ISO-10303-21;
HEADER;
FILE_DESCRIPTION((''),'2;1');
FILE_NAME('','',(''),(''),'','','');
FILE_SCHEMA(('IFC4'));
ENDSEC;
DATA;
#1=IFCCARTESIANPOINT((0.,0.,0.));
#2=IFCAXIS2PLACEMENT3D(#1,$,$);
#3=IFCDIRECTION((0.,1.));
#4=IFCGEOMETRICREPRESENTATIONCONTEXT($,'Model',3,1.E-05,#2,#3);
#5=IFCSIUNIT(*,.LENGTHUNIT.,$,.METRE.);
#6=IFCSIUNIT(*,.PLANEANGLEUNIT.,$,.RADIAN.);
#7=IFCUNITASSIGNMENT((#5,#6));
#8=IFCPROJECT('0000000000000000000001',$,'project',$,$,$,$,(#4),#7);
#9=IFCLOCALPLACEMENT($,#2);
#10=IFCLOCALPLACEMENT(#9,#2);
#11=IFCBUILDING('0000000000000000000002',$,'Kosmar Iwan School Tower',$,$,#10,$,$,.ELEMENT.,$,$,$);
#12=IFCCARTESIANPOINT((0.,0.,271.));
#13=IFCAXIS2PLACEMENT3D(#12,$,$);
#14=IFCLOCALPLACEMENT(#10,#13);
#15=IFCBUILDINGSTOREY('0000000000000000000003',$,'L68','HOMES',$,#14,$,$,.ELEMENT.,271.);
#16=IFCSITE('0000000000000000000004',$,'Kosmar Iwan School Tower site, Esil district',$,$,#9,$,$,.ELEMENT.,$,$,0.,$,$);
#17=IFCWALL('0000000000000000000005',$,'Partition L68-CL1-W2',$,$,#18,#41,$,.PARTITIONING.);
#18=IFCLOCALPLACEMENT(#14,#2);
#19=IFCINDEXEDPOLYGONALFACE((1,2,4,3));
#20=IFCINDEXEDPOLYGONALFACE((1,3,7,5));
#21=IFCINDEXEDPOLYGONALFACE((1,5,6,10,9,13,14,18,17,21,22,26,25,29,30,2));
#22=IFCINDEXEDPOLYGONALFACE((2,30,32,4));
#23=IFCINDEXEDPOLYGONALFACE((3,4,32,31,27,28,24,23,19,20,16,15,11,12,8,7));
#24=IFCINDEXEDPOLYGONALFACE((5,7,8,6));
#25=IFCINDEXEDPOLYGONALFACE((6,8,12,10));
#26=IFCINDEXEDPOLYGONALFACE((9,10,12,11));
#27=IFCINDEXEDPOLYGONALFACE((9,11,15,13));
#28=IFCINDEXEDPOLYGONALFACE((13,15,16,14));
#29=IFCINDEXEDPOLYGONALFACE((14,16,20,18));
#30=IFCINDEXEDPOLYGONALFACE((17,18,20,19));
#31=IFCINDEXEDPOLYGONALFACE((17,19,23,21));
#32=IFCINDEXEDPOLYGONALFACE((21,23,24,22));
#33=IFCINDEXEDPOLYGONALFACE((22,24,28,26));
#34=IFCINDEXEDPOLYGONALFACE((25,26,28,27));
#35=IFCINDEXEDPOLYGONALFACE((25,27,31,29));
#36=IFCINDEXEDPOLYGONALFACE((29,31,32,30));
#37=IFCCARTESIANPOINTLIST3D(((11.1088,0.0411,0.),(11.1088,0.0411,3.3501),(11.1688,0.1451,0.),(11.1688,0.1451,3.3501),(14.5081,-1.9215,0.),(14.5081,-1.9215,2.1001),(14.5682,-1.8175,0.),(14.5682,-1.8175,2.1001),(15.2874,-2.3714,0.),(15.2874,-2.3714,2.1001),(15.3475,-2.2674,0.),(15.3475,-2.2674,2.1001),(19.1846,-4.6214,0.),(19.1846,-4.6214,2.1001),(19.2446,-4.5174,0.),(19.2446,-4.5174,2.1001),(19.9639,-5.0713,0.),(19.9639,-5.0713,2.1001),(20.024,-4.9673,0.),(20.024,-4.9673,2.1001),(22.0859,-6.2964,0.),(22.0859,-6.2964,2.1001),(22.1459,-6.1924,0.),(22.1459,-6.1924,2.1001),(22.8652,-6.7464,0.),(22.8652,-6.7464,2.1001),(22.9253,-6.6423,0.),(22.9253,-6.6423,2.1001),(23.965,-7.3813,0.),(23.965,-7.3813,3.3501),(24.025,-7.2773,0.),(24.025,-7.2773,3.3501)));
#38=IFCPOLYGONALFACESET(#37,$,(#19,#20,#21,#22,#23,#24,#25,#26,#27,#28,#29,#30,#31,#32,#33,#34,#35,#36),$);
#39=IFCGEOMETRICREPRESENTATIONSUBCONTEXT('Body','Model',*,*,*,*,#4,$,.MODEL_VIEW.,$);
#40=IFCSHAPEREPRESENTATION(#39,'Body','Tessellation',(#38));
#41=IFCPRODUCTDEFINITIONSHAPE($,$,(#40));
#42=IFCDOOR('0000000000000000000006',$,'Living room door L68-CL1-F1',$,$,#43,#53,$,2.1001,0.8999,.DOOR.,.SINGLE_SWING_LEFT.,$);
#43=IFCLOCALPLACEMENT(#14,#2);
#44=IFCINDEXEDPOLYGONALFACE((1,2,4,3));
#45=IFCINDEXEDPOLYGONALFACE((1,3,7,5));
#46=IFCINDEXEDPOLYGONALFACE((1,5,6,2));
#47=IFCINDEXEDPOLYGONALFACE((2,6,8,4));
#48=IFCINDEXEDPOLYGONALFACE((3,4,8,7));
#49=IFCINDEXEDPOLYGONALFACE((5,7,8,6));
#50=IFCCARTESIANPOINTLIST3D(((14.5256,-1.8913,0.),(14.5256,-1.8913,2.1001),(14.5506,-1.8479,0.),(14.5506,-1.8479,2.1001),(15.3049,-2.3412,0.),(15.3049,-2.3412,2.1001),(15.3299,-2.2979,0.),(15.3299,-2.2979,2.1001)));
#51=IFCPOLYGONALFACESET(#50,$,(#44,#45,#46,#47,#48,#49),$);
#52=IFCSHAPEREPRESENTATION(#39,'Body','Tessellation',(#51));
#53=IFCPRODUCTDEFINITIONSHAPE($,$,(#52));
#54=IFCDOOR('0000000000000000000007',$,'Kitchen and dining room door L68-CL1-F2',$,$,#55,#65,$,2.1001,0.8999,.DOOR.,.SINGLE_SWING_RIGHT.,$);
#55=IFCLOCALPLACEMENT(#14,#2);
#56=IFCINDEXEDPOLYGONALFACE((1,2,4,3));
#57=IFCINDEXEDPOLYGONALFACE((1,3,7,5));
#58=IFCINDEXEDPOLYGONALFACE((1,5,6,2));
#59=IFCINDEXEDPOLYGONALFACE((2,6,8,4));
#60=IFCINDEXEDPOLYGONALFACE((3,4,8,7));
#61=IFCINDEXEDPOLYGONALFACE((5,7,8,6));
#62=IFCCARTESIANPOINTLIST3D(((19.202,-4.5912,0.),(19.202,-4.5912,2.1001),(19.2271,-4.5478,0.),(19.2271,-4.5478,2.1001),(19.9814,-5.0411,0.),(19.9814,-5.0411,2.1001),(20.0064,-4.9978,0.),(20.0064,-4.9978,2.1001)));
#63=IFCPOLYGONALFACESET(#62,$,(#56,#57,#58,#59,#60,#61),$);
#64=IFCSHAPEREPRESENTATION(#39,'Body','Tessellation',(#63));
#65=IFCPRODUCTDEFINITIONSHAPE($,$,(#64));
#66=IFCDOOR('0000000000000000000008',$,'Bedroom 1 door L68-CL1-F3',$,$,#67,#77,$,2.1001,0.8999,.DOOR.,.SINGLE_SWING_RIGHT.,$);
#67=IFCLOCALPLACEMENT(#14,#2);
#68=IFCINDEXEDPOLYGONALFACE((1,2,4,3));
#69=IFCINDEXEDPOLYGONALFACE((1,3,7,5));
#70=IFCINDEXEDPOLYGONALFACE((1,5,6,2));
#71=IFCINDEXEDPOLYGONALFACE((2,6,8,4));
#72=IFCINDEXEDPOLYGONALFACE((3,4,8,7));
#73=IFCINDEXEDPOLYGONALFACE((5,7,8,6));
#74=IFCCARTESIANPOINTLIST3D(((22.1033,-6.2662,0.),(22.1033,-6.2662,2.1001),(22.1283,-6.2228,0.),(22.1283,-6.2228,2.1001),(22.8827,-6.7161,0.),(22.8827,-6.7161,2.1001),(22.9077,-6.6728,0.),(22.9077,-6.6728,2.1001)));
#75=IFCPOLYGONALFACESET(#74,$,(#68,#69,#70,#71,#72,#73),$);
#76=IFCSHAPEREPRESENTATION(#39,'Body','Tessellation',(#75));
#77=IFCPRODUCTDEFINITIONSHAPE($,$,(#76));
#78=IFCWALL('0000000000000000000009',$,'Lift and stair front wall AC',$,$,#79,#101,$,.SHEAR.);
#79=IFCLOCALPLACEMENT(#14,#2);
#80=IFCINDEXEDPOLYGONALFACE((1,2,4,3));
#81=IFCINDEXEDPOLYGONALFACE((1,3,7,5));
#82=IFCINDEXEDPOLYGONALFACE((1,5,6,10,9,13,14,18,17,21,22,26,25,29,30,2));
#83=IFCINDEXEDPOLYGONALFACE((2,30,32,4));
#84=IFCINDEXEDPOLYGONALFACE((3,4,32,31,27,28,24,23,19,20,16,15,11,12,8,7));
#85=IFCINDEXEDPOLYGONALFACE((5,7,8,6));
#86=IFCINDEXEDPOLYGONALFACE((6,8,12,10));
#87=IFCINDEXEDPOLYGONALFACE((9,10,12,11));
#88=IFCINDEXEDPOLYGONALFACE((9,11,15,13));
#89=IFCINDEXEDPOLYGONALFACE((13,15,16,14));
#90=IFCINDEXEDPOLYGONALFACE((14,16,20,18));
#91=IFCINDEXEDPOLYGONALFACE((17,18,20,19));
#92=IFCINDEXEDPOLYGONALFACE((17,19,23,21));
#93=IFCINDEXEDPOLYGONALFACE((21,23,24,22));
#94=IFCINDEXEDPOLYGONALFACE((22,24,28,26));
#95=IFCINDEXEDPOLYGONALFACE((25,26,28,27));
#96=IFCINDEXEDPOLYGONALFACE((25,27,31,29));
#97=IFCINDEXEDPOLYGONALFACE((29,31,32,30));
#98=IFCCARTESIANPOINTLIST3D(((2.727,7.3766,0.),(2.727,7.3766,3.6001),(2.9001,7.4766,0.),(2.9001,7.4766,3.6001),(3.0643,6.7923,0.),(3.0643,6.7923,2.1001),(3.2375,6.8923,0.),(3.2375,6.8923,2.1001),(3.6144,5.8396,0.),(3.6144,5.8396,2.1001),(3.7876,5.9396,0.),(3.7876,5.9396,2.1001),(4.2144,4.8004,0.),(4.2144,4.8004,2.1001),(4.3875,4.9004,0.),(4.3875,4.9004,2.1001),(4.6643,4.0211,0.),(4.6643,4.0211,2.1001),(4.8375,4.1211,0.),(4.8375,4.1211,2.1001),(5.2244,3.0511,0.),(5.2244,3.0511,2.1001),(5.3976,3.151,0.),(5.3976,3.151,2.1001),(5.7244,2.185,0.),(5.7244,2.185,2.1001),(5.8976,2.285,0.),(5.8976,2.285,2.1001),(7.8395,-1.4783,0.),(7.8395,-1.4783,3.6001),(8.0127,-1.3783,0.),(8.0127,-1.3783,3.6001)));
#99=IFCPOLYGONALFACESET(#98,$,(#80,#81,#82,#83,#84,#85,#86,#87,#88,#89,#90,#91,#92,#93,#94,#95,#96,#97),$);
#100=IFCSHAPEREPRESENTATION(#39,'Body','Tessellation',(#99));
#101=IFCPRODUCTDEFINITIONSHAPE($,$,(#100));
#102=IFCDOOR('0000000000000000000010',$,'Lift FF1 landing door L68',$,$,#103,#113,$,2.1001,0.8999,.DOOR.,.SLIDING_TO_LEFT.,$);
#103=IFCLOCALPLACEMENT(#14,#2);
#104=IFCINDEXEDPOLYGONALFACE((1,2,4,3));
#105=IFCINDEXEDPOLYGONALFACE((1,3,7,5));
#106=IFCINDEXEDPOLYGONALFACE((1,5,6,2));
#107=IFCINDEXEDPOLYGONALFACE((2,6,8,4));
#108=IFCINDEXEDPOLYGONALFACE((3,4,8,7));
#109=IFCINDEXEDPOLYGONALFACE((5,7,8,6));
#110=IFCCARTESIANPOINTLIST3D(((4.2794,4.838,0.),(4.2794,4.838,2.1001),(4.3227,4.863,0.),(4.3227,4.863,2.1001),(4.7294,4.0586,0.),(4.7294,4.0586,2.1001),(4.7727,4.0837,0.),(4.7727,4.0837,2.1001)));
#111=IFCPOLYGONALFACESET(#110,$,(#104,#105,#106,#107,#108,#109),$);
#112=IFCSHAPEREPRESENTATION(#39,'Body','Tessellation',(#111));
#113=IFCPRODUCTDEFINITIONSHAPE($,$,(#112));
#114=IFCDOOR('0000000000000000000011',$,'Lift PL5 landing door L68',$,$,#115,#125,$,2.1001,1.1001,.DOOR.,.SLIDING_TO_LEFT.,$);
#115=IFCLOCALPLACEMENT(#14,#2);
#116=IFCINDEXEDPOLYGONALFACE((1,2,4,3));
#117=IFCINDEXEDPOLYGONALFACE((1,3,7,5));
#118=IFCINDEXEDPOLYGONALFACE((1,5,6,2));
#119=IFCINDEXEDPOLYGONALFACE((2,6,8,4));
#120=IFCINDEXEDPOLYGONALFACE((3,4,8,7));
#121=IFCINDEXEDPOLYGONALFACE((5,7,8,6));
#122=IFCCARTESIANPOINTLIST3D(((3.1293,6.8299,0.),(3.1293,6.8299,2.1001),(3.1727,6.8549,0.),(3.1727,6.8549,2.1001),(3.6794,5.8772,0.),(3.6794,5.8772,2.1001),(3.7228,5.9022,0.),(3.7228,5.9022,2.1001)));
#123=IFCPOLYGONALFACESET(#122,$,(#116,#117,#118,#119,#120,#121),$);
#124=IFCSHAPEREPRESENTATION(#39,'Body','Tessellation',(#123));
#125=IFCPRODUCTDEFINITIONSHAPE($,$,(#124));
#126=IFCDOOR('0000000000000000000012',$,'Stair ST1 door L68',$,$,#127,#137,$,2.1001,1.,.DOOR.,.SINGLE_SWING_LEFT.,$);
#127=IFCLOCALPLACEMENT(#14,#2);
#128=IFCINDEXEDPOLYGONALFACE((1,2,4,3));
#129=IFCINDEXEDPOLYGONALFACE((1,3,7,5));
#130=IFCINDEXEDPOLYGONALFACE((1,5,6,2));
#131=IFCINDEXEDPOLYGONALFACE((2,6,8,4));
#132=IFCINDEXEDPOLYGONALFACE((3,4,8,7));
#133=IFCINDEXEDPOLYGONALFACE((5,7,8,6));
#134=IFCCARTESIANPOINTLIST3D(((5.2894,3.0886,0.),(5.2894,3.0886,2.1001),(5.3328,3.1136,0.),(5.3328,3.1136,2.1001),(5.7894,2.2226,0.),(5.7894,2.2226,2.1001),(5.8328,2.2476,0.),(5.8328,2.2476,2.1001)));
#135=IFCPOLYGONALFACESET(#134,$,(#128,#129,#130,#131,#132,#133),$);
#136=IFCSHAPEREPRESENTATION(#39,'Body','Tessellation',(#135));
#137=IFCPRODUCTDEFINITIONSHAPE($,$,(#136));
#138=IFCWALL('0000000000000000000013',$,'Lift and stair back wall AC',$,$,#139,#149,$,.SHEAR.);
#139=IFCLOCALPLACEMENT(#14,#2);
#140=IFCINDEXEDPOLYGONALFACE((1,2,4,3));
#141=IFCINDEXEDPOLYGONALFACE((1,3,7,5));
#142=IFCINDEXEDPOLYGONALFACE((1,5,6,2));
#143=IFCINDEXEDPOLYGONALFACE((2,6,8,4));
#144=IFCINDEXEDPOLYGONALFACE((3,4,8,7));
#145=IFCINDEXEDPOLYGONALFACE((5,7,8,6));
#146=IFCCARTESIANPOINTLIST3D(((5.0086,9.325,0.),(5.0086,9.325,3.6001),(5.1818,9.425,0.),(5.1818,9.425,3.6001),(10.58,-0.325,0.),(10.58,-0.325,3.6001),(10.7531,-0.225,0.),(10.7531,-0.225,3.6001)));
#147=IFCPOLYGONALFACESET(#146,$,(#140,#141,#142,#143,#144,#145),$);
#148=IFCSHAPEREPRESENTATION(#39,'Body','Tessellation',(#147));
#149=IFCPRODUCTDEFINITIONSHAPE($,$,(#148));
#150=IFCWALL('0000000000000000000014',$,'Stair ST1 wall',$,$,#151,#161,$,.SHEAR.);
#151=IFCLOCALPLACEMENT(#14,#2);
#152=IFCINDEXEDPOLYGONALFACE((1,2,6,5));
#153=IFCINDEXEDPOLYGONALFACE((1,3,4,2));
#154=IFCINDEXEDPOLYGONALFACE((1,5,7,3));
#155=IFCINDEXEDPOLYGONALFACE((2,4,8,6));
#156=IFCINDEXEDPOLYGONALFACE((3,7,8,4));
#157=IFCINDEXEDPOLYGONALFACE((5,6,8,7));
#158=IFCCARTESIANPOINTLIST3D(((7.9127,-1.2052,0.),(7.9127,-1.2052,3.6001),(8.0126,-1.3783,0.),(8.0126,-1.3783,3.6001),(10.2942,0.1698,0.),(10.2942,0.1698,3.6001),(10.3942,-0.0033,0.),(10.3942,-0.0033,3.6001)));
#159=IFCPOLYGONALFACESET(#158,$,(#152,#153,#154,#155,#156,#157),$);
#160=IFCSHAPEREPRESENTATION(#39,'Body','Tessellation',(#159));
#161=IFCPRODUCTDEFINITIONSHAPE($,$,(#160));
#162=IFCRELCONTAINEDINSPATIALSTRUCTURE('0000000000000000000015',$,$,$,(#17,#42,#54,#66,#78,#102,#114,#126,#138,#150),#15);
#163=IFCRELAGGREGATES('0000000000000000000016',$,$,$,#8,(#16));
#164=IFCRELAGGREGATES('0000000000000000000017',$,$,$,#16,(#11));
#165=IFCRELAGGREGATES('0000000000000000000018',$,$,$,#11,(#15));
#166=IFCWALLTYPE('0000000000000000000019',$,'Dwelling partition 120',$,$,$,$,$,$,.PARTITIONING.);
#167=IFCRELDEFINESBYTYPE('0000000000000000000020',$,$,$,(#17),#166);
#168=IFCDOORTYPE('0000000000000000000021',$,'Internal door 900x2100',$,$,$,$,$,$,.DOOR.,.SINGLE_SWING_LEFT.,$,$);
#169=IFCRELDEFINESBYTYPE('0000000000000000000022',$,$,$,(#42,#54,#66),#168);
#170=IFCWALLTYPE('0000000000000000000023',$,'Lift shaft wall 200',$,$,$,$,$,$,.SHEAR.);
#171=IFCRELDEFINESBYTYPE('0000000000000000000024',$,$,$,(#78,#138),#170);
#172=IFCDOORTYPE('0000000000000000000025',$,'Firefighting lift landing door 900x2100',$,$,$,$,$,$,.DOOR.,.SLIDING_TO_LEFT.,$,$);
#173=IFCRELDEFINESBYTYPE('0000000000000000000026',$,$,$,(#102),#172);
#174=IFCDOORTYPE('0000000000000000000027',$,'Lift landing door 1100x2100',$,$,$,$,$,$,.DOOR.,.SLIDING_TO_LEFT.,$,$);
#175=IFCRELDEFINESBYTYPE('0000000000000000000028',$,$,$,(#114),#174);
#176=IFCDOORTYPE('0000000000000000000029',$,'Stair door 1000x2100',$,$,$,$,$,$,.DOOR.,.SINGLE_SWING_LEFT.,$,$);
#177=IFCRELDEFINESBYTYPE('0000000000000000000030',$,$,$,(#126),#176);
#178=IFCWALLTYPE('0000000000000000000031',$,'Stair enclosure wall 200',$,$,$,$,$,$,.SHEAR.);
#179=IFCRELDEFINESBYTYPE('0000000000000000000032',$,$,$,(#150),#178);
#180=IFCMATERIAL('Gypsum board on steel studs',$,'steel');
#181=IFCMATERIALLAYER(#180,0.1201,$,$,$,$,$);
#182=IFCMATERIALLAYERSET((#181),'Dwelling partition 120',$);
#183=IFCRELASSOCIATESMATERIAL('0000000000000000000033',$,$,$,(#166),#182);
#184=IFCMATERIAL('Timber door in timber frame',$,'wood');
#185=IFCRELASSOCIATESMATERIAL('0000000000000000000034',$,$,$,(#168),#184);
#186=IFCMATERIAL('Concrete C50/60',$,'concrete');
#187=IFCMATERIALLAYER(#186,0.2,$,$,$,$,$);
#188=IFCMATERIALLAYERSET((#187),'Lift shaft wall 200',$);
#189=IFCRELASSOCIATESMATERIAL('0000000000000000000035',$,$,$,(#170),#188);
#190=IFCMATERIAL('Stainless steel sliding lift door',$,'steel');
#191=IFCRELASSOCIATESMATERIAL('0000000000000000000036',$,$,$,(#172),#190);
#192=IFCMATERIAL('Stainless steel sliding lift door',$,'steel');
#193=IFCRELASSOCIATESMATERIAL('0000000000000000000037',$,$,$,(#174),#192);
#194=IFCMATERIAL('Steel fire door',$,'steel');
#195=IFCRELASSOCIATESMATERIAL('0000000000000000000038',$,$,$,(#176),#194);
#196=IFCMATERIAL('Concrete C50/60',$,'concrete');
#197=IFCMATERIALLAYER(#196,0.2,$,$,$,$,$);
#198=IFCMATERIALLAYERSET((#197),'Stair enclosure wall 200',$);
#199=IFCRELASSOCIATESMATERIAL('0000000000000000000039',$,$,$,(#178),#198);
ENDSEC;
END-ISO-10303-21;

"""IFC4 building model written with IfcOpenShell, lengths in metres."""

from ifc_helpers import new_model, si_unit, direction, frame, frame_2d, origin, place, context, subcontext, project, spatial, rectangle, extrude, material, layer, layer_set, type_object, element, fill, save


model = new_model("IFC4")

# Units and contexts
model_context = context("Model", 3, precision=1e-05, world=origin(), true_north=direction((0.0, 1.0)))
body_context = subcontext(model_context, "Body", "Model", "MODEL_VIEW")
ifc_project = project(units=[si_unit("LENGTHUNIT", "METRE"), si_unit("PLANEANGLEUNIT", "RADIAN")], contexts=[model_context])

# Site, building, storey
site_placement = place(None, origin())
site = spatial("IfcSite", under=ifc_project, at=site_placement, Name="Kosmar Iwan School Tower site, Esil district", CompositionType="ELEMENT", RefElevation=0.0)
building_placement = place(site_placement, origin())
building = spatial("IfcBuilding", under=site, at=building_placement, Name="Kosmar Iwan School Tower", CompositionType="ELEMENT")
storey_placement = place(building_placement, frame((0.0, 0.0, 271.0)))
storey = spatial("IfcBuildingStorey", under=building, at=storey_placement, Name="L68", Description="HOMES", CompositionType="ELEMENT", Elevation=271.0)

# Walls, openings, doors
ifc_material_1 = material(Name="Gypsum board on steel studs", Category="steel")
ifc_layer_1 = layer(ifc_material_1, 0.1201)
ifc_layer_set_1 = layer_set([ifc_layer_1], Name="Dwelling partition 120")
wall_type_1 = type_object("IfcWallType", Name="Dwelling partition 120", PredefinedType="PARTITIONING", material=ifc_layer_set_1)
ifc_material_2 = material(Name="Timber door in timber frame", Category="wood")
door_type_1 = type_object("IfcDoorType", Name="Internal door 900x2100", OperationType="SINGLE_SWING_LEFT", PredefinedType="DOOR", material=ifc_material_2)
wall_1_placement = place(storey_placement, frame((11.1389, 0.093, 0.0), z_axis=(0.0, 0.0, 1.0), x_axis=(0.86603, -0.499992, 0.0)))
wall_1 = element("IfcWall", 1, at=wall_1_placement, inside=storey, type_object=wall_type_1, Name="Partition L68-CL1-W2", PredefinedType="PARTITIONING", context=body_context, shape_type="SweptSolid", body=[
    extrude(rectangle(XDim=14.845, YDim=0.1201, at=frame_2d((7.4224, 0.0))), origin(), (0.0, 0.0, 1.0), 3.3501),
])
opening_1_placement = place(wall_1_placement, frame((3.925, 0.0, 0.0)))
opening_1 = element("IfcOpeningElement", 2, at=opening_1_placement, cuts=wall_1, PredefinedType="OPENING", context=body_context, shape_type="SweptSolid", body=[
    extrude(rectangle(XDim=0.8999, YDim=2.1001, at=frame_2d((0.45, 1.05))), frame((0.0, 0.072, 0.0), z_axis=(0.0, -1.0, 0.0), x_axis=(1.0, 0.0, 0.0)), (0.0, 0.0, 1.0), 0.144),
])
opening_2_placement = place(wall_1_placement, frame((9.325, 0.0, 0.0)))
opening_2 = element("IfcOpeningElement", 3, at=opening_2_placement, cuts=wall_1, PredefinedType="OPENING", context=body_context, shape_type="SweptSolid", body=[
    extrude(rectangle(XDim=0.8999, YDim=2.1001, at=frame_2d((0.45, 1.05))), frame((0.0, 0.072, 0.0), z_axis=(0.0, -1.0, 0.0), x_axis=(1.0, 0.0, 0.0)), (0.0, 0.0, 1.0), 0.144),
])
opening_3_placement = place(wall_1_placement, frame((12.675, 0.0, 0.0)))
opening_3 = element("IfcOpeningElement", 4, at=opening_3_placement, cuts=wall_1, PredefinedType="OPENING", context=body_context, shape_type="SweptSolid", body=[
    extrude(rectangle(XDim=0.8999, YDim=2.1001, at=frame_2d((0.45, 1.05))), frame((0.0, 0.072, 0.0), z_axis=(0.0, -1.0, 0.0), x_axis=(1.0, 0.0, 0.0)), (0.0, 0.0, 1.0), 0.144),
])
door_1_placement = place(opening_1_placement, origin())
door_1 = element("IfcDoor", 5, at=door_1_placement, inside=storey, type_object=door_type_1, Name="Living room door L68-CL1-F1", OperationType="SINGLE_SWING_LEFT", OverallHeight=2.1001, OverallWidth=0.8999, PredefinedType="DOOR", context=body_context, shape_type="SweptSolid", body=[
    extrude(rectangle(XDim=0.8999, YDim=2.1001, at=frame_2d((0.45, 1.05))), frame((0.0, 0.0249, 0.0), z_axis=(0.0, -1.0, 0.0), x_axis=(1.0, 0.0, 0.0)), (0.0, 0.0, 1.0), 0.05),
])
fill(opening_1, door_1)
door_2_placement = place(opening_2_placement, origin())
door_2 = element("IfcDoor", 6, at=door_2_placement, inside=storey, type_object=door_type_1, Name="Kitchen and dining room door L68-CL1-F2", OperationType="SINGLE_SWING_RIGHT", OverallHeight=2.1001, OverallWidth=0.8999, PredefinedType="DOOR", context=body_context, shape_type="SweptSolid", body=[
    extrude(rectangle(XDim=0.8999, YDim=2.1001, at=frame_2d((0.45, 1.05))), frame((0.0, 0.0249, 0.0), z_axis=(0.0, -1.0, 0.0), x_axis=(1.0, 0.0, 0.0)), (0.0, 0.0, 1.0), 0.05),
])
fill(opening_2, door_2)
door_3_placement = place(opening_3_placement, origin())
door_3 = element("IfcDoor", 7, at=door_3_placement, inside=storey, type_object=door_type_1, Name="Bedroom 1 door L68-CL1-F3", OperationType="SINGLE_SWING_RIGHT", OverallHeight=2.1001, OverallWidth=0.8999, PredefinedType="DOOR", context=body_context, shape_type="SweptSolid", body=[
    extrude(rectangle(XDim=0.8999, YDim=2.1001, at=frame_2d((0.45, 1.05))), frame((0.0, 0.0249, 0.0), z_axis=(0.0, -1.0, 0.0), x_axis=(1.0, 0.0, 0.0)), (0.0, 0.0, 1.0), 0.05),
])
fill(opening_3, door_3)
ifc_material_3 = material(Name="Concrete C50/60", Category="concrete")
ifc_layer_2 = layer(ifc_material_3, 0.2)
ifc_layer_set_2 = layer_set([ifc_layer_2], Name="Lift shaft wall 200")
wall_type_2 = type_object("IfcWallType", Name="Lift shaft wall 200", PredefinedType="SHEAR", material=ifc_layer_set_2)
wall_2_placement = place(storey_placement, frame((7.926, -1.4282, 0.0), z_axis=(0.0, 0.0, 1.0), x_axis=(-0.500009, 0.86602, 0.0)))
wall_2 = element("IfcWall", 8, at=wall_2_placement, inside=storey, type_object=wall_type_2, Name="Lift and stair front wall AC", PredefinedType="SHEAR", context=body_context, shape_type="SweptSolid", body=[
    extrude(rectangle(XDim=10.2249, YDim=0.2, at=frame_2d((5.1123, 0.0))), origin(), (0.0, 0.0, 1.0), 3.6001),
])
opening_4_placement = place(wall_2_placement, frame((6.3501, 0.0, 0.0)))
opening_4 = element("IfcOpeningElement", 9, at=opening_4_placement, cuts=wall_2, PredefinedType="OPENING", context=body_context, shape_type="SweptSolid", body=[
    extrude(rectangle(XDim=0.8999, YDim=2.1001, at=frame_2d((0.45, 1.05))), frame((0.0, 0.1121, 0.0), z_axis=(0.0, -1.0, 0.0), x_axis=(1.0, 0.0, 0.0)), (0.0, 0.0, 1.0), 0.2239),
])
opening_5_placement = place(wall_2_placement, frame((8.45, 0.0, 0.0)))
opening_5 = element("IfcOpeningElement", 10, at=opening_5_placement, cuts=wall_2, PredefinedType="OPENING", context=body_context, shape_type="SweptSolid", body=[
    extrude(rectangle(XDim=1.1001, YDim=2.1001, at=frame_2d((0.55, 1.05))), frame((0.0, 0.1121, 0.0), z_axis=(0.0, -1.0, 0.0), x_axis=(1.0, 0.0, 0.0)), (0.0, 0.0, 1.0), 0.2239),
])
opening_6_placement = place(wall_2_placement, frame((4.23, 0.0, 0.0)))
opening_6 = element("IfcOpeningElement", 11, at=opening_6_placement, cuts=wall_2, PredefinedType="OPENING", context=body_context, shape_type="SweptSolid", body=[
    extrude(rectangle(XDim=1.0, YDim=2.1001, at=frame_2d((0.5, 1.05))), frame((0.0, 0.1121, 0.0), z_axis=(0.0, -1.0, 0.0), x_axis=(1.0, 0.0, 0.0)), (0.0, 0.0, 1.0), 0.2239),
])
ifc_material_4 = material(Name="Stainless steel sliding lift door", Category="steel")
door_type_2 = type_object("IfcDoorType", Name="Firefighting lift landing door 900x2100", OperationType="SLIDING_TO_LEFT", PredefinedType="DOOR", material=ifc_material_4)
door_4_placement = place(opening_4_placement, origin())
door_4 = element("IfcDoor", 12, at=door_4_placement, inside=storey, type_object=door_type_2, Name="Lift FF1 landing door L68", OperationType="SLIDING_TO_LEFT", OverallHeight=2.1001, OverallWidth=0.8999, PredefinedType="DOOR", context=body_context, shape_type="SweptSolid", body=[
    extrude(rectangle(XDim=0.8999, YDim=2.1001, at=frame_2d((0.45, 1.05))), frame((0.0, 0.0249, 0.0), z_axis=(0.0, -1.0, 0.0), x_axis=(1.0, 0.0, 0.0)), (0.0, 0.0, 1.0), 0.05),
])
fill(opening_4, door_4)
ifc_material_5 = material(Name="Stainless steel sliding lift door", Category="steel")
door_type_3 = type_object("IfcDoorType", Name="Lift landing door 1100x2100", OperationType="SLIDING_TO_LEFT", PredefinedType="DOOR", material=ifc_material_5)
door_5_placement = place(opening_5_placement, origin())
door_5 = element("IfcDoor", 13, at=door_5_placement, inside=storey, type_object=door_type_3, Name="Lift PL5 landing door L68", OperationType="SLIDING_TO_LEFT", OverallHeight=2.1001, OverallWidth=1.1001, PredefinedType="DOOR", context=body_context, shape_type="SweptSolid", body=[
    extrude(rectangle(XDim=1.1001, YDim=2.1001, at=frame_2d((0.55, 1.05))), frame((0.0, 0.0249, 0.0), z_axis=(0.0, -1.0, 0.0), x_axis=(1.0, 0.0, 0.0)), (0.0, 0.0, 1.0), 0.05),
])
fill(opening_5, door_5)
ifc_material_6 = material(Name="Steel fire door", Category="steel")
door_type_4 = type_object("IfcDoorType", Name="Stair door 1000x2100", OperationType="SINGLE_SWING_LEFT", PredefinedType="DOOR", material=ifc_material_6)
door_6_placement = place(opening_6_placement, origin())
door_6 = element("IfcDoor", 14, at=door_6_placement, inside=storey, type_object=door_type_4, Name="Stair ST1 door L68", OperationType="SINGLE_SWING_LEFT", OverallHeight=2.1001, OverallWidth=1.0, PredefinedType="DOOR", context=body_context, shape_type="SweptSolid", body=[
    extrude(rectangle(XDim=1.0, YDim=2.1001, at=frame_2d((0.5, 1.05))), frame((0.0, 0.0249, 0.0), z_axis=(0.0, -1.0, 0.0), x_axis=(1.0, 0.0, 0.0)), (0.0, 0.0, 1.0), 0.05),
])
fill(opening_6, door_6)

# Walls
wall_3_placement = place(storey_placement, frame((10.6665, -0.2749, 0.0), z_axis=(0.0, 0.0, 1.0), x_axis=(-0.499994, 0.866029, 0.0)))
element("IfcWall", 15, at=wall_3_placement, inside=storey, type_object=wall_type_2, Name="Lift and stair back wall AC", PredefinedType="SHEAR", context=body_context, shape_type="SweptSolid", body=[
    extrude(rectangle(XDim=11.1428, YDim=0.2, at=frame_2d((5.5713, 0.0))), origin(), (0.0, 0.0, 1.0), 3.6001),
])
ifc_material_7 = material(Name="Concrete C50/60", Category="concrete")
ifc_layer_3 = layer(ifc_material_7, 0.2)
ifc_layer_set_3 = layer_set([ifc_layer_3], Name="Stair enclosure wall 200")
wall_type_3 = type_object("IfcWallType", Name="Stair enclosure wall 200", PredefinedType="SHEAR", material=ifc_layer_set_3)
wall_4_placement = place(storey_placement, frame((7.9626, -1.2917, 0.0), z_axis=(0.0, 0.0, 1.0), x_axis=(0.866027, 0.499997, 0.0)))
element("IfcWall", 16, at=wall_4_placement, inside=storey, type_object=wall_type_3, Name="Stair ST1 wall", PredefinedType="SHEAR", context=body_context, shape_type="SweptSolid", body=[
    extrude(rectangle(XDim=2.75, YDim=0.2, at=frame_2d((1.375, 0.0))), origin(), (0.0, 0.0, 1.0), 3.6001),
])

save(model, "model.ifc")
